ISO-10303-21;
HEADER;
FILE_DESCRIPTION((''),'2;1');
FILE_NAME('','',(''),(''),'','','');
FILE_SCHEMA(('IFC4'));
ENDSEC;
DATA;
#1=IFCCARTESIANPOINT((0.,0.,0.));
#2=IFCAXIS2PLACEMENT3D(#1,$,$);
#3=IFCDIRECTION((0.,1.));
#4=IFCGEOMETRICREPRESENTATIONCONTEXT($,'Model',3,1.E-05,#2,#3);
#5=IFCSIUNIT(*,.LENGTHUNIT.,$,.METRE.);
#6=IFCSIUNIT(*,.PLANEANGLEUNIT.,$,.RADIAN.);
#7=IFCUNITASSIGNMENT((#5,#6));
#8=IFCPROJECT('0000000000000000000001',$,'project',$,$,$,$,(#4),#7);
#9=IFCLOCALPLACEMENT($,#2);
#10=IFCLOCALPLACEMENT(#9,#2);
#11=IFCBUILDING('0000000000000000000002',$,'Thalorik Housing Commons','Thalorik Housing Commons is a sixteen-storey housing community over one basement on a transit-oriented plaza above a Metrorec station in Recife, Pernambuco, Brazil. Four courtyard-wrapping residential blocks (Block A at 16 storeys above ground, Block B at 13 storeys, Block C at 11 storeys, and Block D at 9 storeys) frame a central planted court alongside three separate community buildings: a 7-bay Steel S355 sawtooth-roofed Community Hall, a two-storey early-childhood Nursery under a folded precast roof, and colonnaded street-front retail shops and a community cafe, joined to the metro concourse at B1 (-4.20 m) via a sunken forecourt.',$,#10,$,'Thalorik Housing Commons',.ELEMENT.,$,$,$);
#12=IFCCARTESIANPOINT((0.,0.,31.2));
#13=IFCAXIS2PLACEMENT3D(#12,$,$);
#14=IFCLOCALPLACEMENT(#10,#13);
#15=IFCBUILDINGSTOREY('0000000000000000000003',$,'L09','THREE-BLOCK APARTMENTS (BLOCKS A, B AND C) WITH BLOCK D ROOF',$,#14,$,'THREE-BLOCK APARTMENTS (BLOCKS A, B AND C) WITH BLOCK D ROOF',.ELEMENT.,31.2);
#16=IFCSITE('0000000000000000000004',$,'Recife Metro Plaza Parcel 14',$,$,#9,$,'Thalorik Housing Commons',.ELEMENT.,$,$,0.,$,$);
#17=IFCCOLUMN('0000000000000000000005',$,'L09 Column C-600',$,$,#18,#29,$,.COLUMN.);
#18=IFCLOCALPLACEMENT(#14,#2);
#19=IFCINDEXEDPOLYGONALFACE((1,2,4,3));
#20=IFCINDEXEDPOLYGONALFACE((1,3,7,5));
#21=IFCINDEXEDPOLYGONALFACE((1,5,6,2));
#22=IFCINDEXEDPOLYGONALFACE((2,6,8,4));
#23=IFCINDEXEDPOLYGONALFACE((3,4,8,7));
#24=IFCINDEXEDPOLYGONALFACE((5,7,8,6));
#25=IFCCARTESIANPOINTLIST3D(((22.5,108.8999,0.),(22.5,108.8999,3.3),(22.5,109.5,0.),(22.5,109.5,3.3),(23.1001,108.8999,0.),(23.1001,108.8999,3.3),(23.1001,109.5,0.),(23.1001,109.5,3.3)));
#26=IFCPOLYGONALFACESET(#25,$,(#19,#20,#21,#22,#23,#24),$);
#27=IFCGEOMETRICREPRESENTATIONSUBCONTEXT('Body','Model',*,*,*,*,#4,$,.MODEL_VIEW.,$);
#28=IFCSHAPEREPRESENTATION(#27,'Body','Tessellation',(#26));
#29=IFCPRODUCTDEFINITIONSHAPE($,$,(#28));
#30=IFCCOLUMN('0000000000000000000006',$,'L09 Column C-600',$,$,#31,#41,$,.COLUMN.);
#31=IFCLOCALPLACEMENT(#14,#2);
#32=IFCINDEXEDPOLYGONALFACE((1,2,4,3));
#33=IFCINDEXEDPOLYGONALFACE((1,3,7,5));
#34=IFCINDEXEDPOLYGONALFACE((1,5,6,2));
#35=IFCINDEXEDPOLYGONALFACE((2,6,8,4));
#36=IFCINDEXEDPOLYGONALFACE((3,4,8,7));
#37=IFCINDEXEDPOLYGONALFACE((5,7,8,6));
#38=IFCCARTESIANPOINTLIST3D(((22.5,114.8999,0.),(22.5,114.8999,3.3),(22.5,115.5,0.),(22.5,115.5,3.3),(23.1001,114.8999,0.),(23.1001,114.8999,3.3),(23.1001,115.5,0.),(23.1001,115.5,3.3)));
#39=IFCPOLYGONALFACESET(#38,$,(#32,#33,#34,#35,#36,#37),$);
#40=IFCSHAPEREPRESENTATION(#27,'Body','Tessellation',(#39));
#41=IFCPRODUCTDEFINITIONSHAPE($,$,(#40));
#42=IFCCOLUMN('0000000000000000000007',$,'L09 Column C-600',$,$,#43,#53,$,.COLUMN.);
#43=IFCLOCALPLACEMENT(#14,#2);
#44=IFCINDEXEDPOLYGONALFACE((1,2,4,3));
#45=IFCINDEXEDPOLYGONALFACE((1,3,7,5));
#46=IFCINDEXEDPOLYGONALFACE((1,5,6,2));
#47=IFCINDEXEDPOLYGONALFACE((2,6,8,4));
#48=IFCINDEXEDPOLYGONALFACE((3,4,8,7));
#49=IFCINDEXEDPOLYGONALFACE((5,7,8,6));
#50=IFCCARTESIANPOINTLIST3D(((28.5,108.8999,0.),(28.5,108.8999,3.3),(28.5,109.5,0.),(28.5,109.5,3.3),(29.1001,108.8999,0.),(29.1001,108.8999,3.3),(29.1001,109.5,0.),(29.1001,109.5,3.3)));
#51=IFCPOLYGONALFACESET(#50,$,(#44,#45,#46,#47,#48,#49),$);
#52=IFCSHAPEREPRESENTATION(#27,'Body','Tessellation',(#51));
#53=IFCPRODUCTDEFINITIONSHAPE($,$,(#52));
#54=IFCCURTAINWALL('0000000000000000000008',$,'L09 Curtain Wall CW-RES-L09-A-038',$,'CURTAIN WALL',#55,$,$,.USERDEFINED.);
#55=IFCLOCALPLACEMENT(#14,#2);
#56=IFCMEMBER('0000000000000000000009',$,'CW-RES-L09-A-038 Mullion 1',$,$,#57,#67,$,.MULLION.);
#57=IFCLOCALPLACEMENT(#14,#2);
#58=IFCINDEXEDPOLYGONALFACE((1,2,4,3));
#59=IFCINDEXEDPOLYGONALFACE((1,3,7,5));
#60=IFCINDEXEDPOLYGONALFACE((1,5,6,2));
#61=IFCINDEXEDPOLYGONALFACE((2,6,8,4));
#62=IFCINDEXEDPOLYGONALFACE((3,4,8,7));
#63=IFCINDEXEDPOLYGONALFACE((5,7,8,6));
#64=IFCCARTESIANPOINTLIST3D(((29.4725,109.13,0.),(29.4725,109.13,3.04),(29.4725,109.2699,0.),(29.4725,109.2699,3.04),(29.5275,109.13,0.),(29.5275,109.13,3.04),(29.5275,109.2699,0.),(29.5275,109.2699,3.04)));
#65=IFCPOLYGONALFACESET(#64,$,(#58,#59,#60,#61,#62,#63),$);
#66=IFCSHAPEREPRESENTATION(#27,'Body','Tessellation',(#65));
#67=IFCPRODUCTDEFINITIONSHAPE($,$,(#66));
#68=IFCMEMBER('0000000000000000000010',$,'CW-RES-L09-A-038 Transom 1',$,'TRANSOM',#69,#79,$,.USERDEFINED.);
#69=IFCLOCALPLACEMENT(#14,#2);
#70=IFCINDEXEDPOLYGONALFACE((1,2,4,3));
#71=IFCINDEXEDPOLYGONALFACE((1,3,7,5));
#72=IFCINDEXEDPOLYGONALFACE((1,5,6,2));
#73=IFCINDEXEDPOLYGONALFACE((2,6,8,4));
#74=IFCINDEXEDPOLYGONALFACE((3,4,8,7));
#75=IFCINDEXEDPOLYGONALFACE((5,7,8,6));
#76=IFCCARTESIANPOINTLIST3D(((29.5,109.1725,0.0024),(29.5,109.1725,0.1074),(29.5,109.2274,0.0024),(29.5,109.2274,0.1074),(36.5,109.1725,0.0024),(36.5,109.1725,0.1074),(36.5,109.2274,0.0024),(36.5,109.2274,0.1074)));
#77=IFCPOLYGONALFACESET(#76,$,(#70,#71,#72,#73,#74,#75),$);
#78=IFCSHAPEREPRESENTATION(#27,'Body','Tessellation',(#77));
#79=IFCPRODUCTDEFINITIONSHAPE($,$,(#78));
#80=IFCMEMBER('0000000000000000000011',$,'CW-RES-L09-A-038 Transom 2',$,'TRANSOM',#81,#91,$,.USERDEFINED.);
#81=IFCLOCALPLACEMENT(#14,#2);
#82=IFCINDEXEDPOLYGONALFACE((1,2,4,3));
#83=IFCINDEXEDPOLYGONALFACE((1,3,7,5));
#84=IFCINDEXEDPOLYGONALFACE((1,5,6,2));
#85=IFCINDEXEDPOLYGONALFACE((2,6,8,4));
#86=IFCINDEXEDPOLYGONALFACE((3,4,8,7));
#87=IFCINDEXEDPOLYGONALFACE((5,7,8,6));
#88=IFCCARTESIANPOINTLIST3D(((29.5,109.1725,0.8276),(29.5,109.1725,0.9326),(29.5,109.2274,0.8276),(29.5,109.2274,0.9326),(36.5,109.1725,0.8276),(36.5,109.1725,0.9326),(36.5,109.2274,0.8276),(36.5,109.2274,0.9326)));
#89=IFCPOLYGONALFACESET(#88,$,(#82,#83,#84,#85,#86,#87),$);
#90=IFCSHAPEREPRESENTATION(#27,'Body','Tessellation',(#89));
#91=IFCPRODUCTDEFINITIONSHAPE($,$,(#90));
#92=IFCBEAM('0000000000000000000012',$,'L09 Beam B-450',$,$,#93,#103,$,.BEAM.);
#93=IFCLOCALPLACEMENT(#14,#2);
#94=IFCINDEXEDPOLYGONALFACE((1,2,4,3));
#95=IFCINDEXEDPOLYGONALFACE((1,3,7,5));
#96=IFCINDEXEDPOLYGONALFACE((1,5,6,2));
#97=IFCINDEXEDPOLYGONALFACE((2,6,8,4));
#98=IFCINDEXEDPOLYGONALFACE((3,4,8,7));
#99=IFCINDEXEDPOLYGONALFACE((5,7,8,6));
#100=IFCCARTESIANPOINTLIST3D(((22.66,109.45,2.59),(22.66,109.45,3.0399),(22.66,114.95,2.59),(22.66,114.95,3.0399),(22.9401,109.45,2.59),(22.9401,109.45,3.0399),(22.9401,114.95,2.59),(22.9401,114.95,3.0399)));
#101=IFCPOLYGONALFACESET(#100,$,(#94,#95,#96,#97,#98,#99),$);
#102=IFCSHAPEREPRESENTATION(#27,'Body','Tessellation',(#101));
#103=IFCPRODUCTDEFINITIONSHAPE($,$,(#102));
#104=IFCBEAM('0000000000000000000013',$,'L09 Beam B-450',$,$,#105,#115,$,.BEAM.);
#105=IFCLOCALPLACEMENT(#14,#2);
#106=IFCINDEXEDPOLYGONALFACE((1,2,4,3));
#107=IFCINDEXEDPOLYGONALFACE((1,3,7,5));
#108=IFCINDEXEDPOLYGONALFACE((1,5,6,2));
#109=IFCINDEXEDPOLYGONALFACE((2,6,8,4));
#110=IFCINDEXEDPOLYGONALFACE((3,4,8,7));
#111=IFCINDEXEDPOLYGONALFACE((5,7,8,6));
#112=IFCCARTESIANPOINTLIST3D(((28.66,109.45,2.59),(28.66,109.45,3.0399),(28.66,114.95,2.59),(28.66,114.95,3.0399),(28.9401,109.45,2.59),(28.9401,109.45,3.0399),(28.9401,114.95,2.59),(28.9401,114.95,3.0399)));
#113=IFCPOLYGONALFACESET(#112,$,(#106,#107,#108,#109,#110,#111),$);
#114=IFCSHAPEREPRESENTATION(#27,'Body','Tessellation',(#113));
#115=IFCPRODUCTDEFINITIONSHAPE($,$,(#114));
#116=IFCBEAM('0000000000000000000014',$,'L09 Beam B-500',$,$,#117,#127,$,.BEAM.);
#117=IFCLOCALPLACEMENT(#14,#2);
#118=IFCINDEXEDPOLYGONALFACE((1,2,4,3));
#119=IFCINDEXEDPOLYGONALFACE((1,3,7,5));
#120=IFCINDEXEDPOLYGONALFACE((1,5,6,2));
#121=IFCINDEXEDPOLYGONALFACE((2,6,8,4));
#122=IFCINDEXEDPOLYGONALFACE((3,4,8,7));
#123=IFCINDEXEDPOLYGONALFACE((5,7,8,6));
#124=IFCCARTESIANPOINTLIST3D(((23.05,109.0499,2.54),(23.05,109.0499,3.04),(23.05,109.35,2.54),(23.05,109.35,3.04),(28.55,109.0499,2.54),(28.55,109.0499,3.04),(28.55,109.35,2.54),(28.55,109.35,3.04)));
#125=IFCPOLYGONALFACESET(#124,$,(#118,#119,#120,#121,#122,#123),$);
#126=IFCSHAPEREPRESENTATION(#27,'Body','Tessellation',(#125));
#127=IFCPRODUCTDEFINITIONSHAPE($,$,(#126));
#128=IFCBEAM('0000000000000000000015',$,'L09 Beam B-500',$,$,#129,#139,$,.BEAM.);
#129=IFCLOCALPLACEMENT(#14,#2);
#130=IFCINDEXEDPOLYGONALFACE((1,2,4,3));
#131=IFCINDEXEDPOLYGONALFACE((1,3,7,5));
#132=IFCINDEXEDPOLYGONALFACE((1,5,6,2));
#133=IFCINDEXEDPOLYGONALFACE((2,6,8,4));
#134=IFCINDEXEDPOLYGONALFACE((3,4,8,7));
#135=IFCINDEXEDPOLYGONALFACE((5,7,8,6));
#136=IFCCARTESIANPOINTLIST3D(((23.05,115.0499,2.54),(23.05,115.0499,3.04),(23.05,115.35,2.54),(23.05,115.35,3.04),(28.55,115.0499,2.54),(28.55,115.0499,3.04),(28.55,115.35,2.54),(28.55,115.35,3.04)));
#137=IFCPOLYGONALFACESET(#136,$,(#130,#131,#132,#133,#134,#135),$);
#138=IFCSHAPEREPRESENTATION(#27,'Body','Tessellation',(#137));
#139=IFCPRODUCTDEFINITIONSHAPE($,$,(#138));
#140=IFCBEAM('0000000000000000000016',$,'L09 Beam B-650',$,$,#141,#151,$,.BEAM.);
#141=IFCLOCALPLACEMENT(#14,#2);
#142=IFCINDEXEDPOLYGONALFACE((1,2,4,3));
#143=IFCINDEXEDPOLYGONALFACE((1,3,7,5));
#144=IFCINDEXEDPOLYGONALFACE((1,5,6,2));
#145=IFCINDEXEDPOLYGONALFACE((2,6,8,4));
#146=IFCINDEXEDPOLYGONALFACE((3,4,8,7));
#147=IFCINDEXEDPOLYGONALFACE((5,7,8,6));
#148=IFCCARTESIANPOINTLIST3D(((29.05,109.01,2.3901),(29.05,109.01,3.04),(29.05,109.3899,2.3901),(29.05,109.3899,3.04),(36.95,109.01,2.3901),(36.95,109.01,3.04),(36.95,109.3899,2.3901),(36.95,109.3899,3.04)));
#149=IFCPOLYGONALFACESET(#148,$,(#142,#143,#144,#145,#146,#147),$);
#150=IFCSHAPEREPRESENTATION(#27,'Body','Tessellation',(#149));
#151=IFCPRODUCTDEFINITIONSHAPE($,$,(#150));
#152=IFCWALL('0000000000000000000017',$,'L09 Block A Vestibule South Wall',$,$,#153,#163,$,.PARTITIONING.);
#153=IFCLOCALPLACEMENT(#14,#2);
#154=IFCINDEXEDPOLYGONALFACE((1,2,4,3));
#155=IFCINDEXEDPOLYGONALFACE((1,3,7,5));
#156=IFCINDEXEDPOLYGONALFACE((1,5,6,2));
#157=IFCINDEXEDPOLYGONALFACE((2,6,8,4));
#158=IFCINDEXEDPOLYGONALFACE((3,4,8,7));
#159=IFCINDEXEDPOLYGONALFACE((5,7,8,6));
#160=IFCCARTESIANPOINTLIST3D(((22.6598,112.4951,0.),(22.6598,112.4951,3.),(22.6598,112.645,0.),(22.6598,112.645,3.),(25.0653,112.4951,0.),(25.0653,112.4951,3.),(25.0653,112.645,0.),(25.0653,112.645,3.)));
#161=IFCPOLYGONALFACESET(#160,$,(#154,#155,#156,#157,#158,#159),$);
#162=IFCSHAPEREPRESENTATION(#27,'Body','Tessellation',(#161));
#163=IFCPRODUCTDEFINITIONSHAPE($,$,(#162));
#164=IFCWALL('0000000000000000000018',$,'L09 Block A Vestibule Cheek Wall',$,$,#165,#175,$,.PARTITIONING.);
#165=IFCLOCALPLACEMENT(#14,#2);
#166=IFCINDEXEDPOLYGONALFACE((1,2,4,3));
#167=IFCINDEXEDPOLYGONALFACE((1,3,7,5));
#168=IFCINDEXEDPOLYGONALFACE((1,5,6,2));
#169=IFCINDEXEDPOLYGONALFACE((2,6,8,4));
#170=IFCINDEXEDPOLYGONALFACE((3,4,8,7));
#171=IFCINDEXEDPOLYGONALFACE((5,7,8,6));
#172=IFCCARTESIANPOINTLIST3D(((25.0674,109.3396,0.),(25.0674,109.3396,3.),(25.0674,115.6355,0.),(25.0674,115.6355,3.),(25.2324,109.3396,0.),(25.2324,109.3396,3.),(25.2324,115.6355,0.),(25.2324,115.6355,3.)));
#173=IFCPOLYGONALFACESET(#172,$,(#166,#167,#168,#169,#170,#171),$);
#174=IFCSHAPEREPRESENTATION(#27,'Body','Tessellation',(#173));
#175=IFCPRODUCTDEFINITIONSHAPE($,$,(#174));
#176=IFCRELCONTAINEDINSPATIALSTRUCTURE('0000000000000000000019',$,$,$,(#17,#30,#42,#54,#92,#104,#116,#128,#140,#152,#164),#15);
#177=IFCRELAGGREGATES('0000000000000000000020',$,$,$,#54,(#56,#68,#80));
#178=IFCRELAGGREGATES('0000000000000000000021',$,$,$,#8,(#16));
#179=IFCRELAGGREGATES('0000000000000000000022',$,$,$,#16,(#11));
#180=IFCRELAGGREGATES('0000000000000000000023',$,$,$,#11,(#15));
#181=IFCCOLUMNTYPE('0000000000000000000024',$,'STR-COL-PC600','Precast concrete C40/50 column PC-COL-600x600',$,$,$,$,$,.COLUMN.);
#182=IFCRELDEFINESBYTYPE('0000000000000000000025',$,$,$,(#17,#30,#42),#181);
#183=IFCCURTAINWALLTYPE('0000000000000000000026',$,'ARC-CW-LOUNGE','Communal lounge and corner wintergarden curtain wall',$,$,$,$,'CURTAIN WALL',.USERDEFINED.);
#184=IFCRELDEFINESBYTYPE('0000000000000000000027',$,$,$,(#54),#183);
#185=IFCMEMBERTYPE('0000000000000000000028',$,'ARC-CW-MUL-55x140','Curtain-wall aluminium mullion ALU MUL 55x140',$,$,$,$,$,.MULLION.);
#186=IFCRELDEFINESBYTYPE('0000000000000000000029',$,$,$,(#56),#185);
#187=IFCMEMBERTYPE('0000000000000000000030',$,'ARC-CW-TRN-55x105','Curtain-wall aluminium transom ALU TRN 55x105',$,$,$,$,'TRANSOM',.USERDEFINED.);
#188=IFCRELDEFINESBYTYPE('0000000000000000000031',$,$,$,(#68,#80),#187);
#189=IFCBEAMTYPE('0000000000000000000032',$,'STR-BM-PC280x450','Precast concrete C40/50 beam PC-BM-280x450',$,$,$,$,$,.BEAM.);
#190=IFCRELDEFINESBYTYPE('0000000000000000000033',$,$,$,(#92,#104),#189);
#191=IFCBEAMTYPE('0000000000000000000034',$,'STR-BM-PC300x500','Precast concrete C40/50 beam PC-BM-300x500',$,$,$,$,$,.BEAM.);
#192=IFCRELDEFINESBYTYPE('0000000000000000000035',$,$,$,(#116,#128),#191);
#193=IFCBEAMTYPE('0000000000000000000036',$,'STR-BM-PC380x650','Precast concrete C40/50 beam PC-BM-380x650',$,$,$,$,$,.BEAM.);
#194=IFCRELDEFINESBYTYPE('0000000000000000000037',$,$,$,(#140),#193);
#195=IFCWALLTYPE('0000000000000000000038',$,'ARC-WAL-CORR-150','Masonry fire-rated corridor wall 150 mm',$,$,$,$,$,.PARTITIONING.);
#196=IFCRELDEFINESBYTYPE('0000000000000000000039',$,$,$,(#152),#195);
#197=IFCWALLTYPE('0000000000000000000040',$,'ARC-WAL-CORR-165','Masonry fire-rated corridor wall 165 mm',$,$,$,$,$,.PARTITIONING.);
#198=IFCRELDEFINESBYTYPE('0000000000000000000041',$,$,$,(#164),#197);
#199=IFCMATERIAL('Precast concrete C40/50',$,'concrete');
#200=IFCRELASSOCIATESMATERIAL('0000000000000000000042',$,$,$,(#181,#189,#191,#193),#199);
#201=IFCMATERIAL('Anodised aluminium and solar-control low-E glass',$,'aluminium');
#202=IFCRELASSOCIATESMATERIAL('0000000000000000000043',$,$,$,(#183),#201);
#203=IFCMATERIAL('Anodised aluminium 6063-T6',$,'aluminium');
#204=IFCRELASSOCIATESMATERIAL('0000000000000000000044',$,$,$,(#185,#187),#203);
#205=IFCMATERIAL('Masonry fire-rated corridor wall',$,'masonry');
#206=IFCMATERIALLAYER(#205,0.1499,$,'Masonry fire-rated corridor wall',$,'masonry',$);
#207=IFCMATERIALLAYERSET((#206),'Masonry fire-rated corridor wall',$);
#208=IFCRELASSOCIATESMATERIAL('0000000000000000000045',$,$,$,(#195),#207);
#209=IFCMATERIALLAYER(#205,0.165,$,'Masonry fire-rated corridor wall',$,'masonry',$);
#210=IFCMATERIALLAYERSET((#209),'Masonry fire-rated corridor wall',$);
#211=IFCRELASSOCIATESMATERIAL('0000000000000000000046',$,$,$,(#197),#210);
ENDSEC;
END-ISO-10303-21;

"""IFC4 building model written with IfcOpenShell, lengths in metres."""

from ifc_helpers import new_model, si_unit, direction, frame, frame_2d, origin, origin_2d, place, context, subcontext, project, spatial, rectangle, extrude, material, layer, layer_set, material_profile, profile_set, type_object, element, aggregate, save


model = new_model("IFC4")

# Units and contexts
model_context = context("Model", 3, precision=1e-05, world=origin(), true_north=direction((0.0, 1.0)))
body_context = subcontext(model_context, "Body", "Model", "MODEL_VIEW")
ifc_project = project(units=[si_unit("LENGTHUNIT", "METRE"), si_unit("PLANEANGLEUNIT", "RADIAN")], contexts=[model_context])

# Site, building, storey
site_placement = place(None, origin())
site = spatial("IfcSite", under=ifc_project, at=site_placement, Name="Recife Metro Plaza Parcel 14", LongName="Thalorik Housing Commons", CompositionType="ELEMENT", RefElevation=0.0)
building_placement = place(site_placement, origin())
building = spatial("IfcBuilding", under=site, at=building_placement, Name="Thalorik Housing Commons", Description="Thalorik Housing Commons is a sixteen-storey housing community over one basement on a transit-oriented plaza above a Metrorec station in Recife, Pernambuco, Brazil. Four courtyard-wrapping residential blocks (Block A at 16 storeys above ground, Block B at 13 storeys, Block C at 11 storeys, and Block D at 9 storeys) frame a central planted court alongside three separate community buildings: a 7-bay Steel S355 sawtooth-roofed Community Hall, a two-storey early-childhood Nursery under a folded precast roof, and colonnaded street-front retail shops and a community cafe, joined to the metro concourse at B1 (-4.20 m) via a sunken forecourt.", LongName="Thalorik Housing Commons", CompositionType="ELEMENT")
storey_placement = place(building_placement, frame((0.0, 0.0, 31.2)))
storey = spatial("IfcBuildingStorey", under=building, at=storey_placement, Name="L09", Description="THREE-BLOCK APARTMENTS (BLOCKS A, B AND C) WITH BLOCK D ROOF", LongName="THREE-BLOCK APARTMENTS (BLOCKS A, B AND C) WITH BLOCK D ROOF", CompositionType="ELEMENT", Elevation=31.2)

# Columns
ifc_material_1 = material(Name="Precast concrete C40/50", Category="concrete")
ifc_material_profile_1 = material_profile(ifc_material_1, rectangle(XDim=0.6001, YDim=0.6001, at=origin_2d()), Name="PC 600x600", Category="concrete")
ifc_profile_set_1 = profile_set([ifc_material_profile_1], Name="Precast concrete C40/50")
column_type = type_object("IfcColumnType", Name="STR-COL-PC600", Description="Precast concrete C40/50 column PC-COL-600x600", PredefinedType="COLUMN", material=ifc_profile_set_1)
for number, where, z_axis, x_axis, name in (
    (1, (22.8, 109.2, 0.0), (0.0, 0.0, 1.0), (1.0, 0.0, 0.0), "L09 Column C-600"),
    (2, (22.8, 115.2, 0.0), (0.0, 0.0, 1.0), (1.0, 0.0, 0.0), "L09 Column C-600"),
    (3, (28.8, 109.2, 0.0), (0.0, 0.0, 1.0), (1.0, 0.0, 0.0), "L09 Column C-600"),
):
    element("IfcColumn", number, at=place(storey_placement, frame(where, z_axis=z_axis, x_axis=x_axis)), inside=storey, type_object=column_type, Name=name, PredefinedType="COLUMN", context=body_context, shape_type="SweptSolid", body=[
        extrude(rectangle(XDim=0.6001, YDim=0.6001, at=origin_2d()), origin(), (0.0, 0.0, 1.0), 3.3),
    ])

# Curtain wall, members
ifc_material_2 = material(Name="Anodised aluminium and solar-control low-E glass", Category="aluminium")
curtain_wall_type = type_object("IfcCurtainWallType", Name="ARC-CW-LOUNGE", Description="Communal lounge and corner wintergarden curtain wall", ElementType="CURTAIN WALL", PredefinedType="USERDEFINED", material=ifc_material_2)
curtain_wall_placement = place(storey_placement, origin())
curtain_wall = element("IfcCurtainWall", 4, at=curtain_wall_placement, inside=storey, type_object=curtain_wall_type, Name="L09 Curtain Wall CW-RES-L09-A-038", ObjectType="CURTAIN WALL", PredefinedType="USERDEFINED")
ifc_material_3 = material(Name="Anodised aluminium 6063-T6", Category="aluminium")
ifc_material_profile_2 = material_profile(ifc_material_3, rectangle(XDim=0.0549, YDim=0.1399, at=origin_2d()), Name="ALU MUL 55x140", Category="aluminium")
ifc_profile_set_2 = profile_set([ifc_material_profile_2], Name="Anodised aluminium 6063-T6")
member_type_1 = type_object("IfcMemberType", Name="ARC-CW-MUL-55x140", Description="Curtain-wall aluminium mullion ALU MUL 55x140", PredefinedType="MULLION", material=ifc_profile_set_2)
member_1_placement = place(storey_placement, frame((29.5, 109.2, 0.0), z_axis=(0.0, 0.0, 1.0), x_axis=(1.0, 0.0, 0.0)))
member_1 = element("IfcMember", 5, at=member_1_placement, type_object=member_type_1, Name="CW-RES-L09-A-038 Mullion 1", PredefinedType="MULLION", context=body_context, shape_type="SweptSolid", body=[
    extrude(rectangle(XDim=0.0549, YDim=0.1399, at=origin_2d()), origin(), (0.0, 0.0, 1.0), 3.04),
])
ifc_material_profile_3 = material_profile(ifc_material_3, rectangle(XDim=0.0549, YDim=0.105, at=origin_2d()), Name="ALU TRN 55x105", Category="aluminium")
ifc_profile_set_3 = profile_set([ifc_material_profile_3], Name="Anodised aluminium 6063-T6")
member_type_2 = type_object("IfcMemberType", Name="ARC-CW-TRN-55x105", Description="Curtain-wall aluminium transom ALU TRN 55x105", ElementType="TRANSOM", PredefinedType="USERDEFINED", material=ifc_profile_set_3)
member_2_placement = place(storey_placement, frame((29.5, 109.2, 0.0549), z_axis=(1.0, 0.0, 0.0), x_axis=(0.0, 1.0, 0.0)))
member_2 = element("IfcMember", 6, at=member_2_placement, type_object=member_type_2, Name="CW-RES-L09-A-038 Transom 1", ObjectType="TRANSOM", PredefinedType="USERDEFINED", context=body_context, shape_type="SweptSolid", body=[
    extrude(rectangle(XDim=0.0549, YDim=0.105, at=origin_2d()), origin(), (0.0, 0.0, 1.0), 7.0),
])
member_3_placement = place(storey_placement, frame((29.5, 109.2, 0.8801), z_axis=(1.0, 0.0, 0.0), x_axis=(0.0, 1.0, 0.0)))
member_3 = element("IfcMember", 7, at=member_3_placement, type_object=member_type_2, Name="CW-RES-L09-A-038 Transom 2", ObjectType="TRANSOM", PredefinedType="USERDEFINED", context=body_context, shape_type="SweptSolid", body=[
    extrude(rectangle(XDim=0.0549, YDim=0.105, at=origin_2d()), origin(), (0.0, 0.0, 1.0), 7.0),
])
aggregate(curtain_wall, [member_1, member_2, member_3])

# Beams
ifc_material_profile_4 = material_profile(ifc_material_1, rectangle(XDim=0.28, YDim=0.45, at=origin_2d()), Name="PC 280x450", Category="concrete")
ifc_profile_set_4 = profile_set([ifc_material_profile_4], Name="Precast concrete C40/50")
beam_type_1 = type_object("IfcBeamType", Name="STR-BM-PC280x450", Description="Precast concrete C40/50 beam PC-BM-280x450", PredefinedType="BEAM", material=ifc_profile_set_4)
for number, where, z_axis, x_axis, name in (
    (8, (22.8, 109.45, 2.8149), (0.0, 1.0, 0.0), (-1.0, 0.0, 0.0), "L09 Beam B-450"),
    (9, (28.8, 109.45, 2.8149), (0.0, 1.0, 0.0), (-1.0, 0.0, 0.0), "L09 Beam B-450"),
):
    element("IfcBeam", number, at=place(storey_placement, frame(where, z_axis=z_axis, x_axis=x_axis)), inside=storey, type_object=beam_type_1, Name=name, PredefinedType="BEAM", context=body_context, shape_type="SweptSolid", body=[
        extrude(rectangle(XDim=0.28, YDim=0.45, at=origin_2d()), origin(), (0.0, 0.0, 1.0), 5.5),
    ])
ifc_material_profile_5 = material_profile(ifc_material_1, rectangle(XDim=0.3, YDim=0.5, at=origin_2d()), Name="PC 300x500", Category="concrete")
ifc_profile_set_5 = profile_set([ifc_material_profile_5], Name="Precast concrete C40/50")
beam_type_2 = type_object("IfcBeamType", Name="STR-BM-PC300x500", Description="Precast concrete C40/50 beam PC-BM-300x500", PredefinedType="BEAM", material=ifc_profile_set_5)
for number, where, z_axis, x_axis, name in (
    (10, (23.05, 109.2, 2.79), (1.0, 0.0, 0.0), (0.0, 1.0, 0.0), "L09 Beam B-500"),
    (11, (23.05, 115.2, 2.79), (1.0, 0.0, 0.0), (0.0, 1.0, 0.0), "L09 Beam B-500"),
):
    element("IfcBeam", number, at=place(storey_placement, frame(where, z_axis=z_axis, x_axis=x_axis)), inside=storey, type_object=beam_type_2, Name=name, PredefinedType="BEAM", context=body_context, shape_type="SweptSolid", body=[
        extrude(rectangle(XDim=0.3, YDim=0.5, at=origin_2d()), origin(), (0.0, 0.0, 1.0), 5.5),
    ])
ifc_material_profile_6 = material_profile(ifc_material_1, rectangle(XDim=0.3799, YDim=0.6499, at=origin_2d()), Name="PC 380x650", Category="concrete")
ifc_profile_set_6 = profile_set([ifc_material_profile_6], Name="Precast concrete C40/50")
beam_type_3 = type_object("IfcBeamType", Name="STR-BM-PC380x650", Description="Precast concrete C40/50 beam PC-BM-380x650", PredefinedType="BEAM", material=ifc_profile_set_6)
beam_placement = place(storey_placement, frame((29.05, 109.2, 2.7151), z_axis=(1.0, 0.0, 0.0), x_axis=(0.0, 1.0, 0.0)))
element("IfcBeam", 12, at=beam_placement, inside=storey, type_object=beam_type_3, Name="L09 Beam B-650", PredefinedType="BEAM", context=body_context, shape_type="SweptSolid", body=[
    extrude(rectangle(XDim=0.3799, YDim=0.6499, at=origin_2d()), origin(), (0.0, 0.0, 1.0), 7.8999),
])

# Walls
ifc_material_4 = material(Name="Masonry fire-rated corridor wall", Category="masonry")
ifc_layer_1 = layer(ifc_material_4, 0.1499, Name="Masonry fire-rated corridor wall", Category="masonry")
ifc_layer_set_1 = layer_set([ifc_layer_1], Name="Masonry fire-rated corridor wall")
wall_type_1 = type_object("IfcWallType", Name="ARC-WAL-CORR-150", Description="Masonry fire-rated corridor wall 150 mm", PredefinedType="PARTITIONING", material=ifc_layer_set_1)
wall_1_placement = place(storey_placement, frame((22.6599, 112.5701, 0.0), z_axis=(0.0, 0.0, 1.0), x_axis=(1.0, 0.0, 0.0)))
element("IfcWall", 13, at=wall_1_placement, inside=storey, type_object=wall_type_1, Name="L09 Block A Vestibule South Wall", PredefinedType="PARTITIONING", context=body_context, shape_type="SweptSolid", body=[
    extrude(rectangle(XDim=2.4055, YDim=0.1499, at=frame_2d((1.2026, 0.0))), origin(), (0.0, 0.0, 1.0), 3.0),
])
ifc_layer_2 = layer(ifc_material_4, 0.165, Name="Masonry fire-rated corridor wall", Category="masonry")
ifc_layer_set_2 = layer_set([ifc_layer_2], Name="Masonry fire-rated corridor wall")
wall_type_2 = type_object("IfcWallType", Name="ARC-WAL-CORR-165", Description="Masonry fire-rated corridor wall 165 mm", PredefinedType="PARTITIONING", material=ifc_layer_set_2)
wall_2_placement = place(storey_placement, frame((25.1499, 109.3396, 0.0), z_axis=(0.0, 0.0, 1.0), x_axis=(0.0, 1.0, 0.0)))
element("IfcWall", 14, at=wall_2_placement, inside=storey, type_object=wall_type_2, Name="L09 Block A Vestibule Cheek Wall", PredefinedType="PARTITIONING", context=body_context, shape_type="SweptSolid", body=[
    extrude(rectangle(XDim=6.2959, YDim=0.165, at=frame_2d((3.1479, 0.0))), origin(), (0.0, 0.0, 1.0), 3.0),
])

save(model, "model.ifc")
